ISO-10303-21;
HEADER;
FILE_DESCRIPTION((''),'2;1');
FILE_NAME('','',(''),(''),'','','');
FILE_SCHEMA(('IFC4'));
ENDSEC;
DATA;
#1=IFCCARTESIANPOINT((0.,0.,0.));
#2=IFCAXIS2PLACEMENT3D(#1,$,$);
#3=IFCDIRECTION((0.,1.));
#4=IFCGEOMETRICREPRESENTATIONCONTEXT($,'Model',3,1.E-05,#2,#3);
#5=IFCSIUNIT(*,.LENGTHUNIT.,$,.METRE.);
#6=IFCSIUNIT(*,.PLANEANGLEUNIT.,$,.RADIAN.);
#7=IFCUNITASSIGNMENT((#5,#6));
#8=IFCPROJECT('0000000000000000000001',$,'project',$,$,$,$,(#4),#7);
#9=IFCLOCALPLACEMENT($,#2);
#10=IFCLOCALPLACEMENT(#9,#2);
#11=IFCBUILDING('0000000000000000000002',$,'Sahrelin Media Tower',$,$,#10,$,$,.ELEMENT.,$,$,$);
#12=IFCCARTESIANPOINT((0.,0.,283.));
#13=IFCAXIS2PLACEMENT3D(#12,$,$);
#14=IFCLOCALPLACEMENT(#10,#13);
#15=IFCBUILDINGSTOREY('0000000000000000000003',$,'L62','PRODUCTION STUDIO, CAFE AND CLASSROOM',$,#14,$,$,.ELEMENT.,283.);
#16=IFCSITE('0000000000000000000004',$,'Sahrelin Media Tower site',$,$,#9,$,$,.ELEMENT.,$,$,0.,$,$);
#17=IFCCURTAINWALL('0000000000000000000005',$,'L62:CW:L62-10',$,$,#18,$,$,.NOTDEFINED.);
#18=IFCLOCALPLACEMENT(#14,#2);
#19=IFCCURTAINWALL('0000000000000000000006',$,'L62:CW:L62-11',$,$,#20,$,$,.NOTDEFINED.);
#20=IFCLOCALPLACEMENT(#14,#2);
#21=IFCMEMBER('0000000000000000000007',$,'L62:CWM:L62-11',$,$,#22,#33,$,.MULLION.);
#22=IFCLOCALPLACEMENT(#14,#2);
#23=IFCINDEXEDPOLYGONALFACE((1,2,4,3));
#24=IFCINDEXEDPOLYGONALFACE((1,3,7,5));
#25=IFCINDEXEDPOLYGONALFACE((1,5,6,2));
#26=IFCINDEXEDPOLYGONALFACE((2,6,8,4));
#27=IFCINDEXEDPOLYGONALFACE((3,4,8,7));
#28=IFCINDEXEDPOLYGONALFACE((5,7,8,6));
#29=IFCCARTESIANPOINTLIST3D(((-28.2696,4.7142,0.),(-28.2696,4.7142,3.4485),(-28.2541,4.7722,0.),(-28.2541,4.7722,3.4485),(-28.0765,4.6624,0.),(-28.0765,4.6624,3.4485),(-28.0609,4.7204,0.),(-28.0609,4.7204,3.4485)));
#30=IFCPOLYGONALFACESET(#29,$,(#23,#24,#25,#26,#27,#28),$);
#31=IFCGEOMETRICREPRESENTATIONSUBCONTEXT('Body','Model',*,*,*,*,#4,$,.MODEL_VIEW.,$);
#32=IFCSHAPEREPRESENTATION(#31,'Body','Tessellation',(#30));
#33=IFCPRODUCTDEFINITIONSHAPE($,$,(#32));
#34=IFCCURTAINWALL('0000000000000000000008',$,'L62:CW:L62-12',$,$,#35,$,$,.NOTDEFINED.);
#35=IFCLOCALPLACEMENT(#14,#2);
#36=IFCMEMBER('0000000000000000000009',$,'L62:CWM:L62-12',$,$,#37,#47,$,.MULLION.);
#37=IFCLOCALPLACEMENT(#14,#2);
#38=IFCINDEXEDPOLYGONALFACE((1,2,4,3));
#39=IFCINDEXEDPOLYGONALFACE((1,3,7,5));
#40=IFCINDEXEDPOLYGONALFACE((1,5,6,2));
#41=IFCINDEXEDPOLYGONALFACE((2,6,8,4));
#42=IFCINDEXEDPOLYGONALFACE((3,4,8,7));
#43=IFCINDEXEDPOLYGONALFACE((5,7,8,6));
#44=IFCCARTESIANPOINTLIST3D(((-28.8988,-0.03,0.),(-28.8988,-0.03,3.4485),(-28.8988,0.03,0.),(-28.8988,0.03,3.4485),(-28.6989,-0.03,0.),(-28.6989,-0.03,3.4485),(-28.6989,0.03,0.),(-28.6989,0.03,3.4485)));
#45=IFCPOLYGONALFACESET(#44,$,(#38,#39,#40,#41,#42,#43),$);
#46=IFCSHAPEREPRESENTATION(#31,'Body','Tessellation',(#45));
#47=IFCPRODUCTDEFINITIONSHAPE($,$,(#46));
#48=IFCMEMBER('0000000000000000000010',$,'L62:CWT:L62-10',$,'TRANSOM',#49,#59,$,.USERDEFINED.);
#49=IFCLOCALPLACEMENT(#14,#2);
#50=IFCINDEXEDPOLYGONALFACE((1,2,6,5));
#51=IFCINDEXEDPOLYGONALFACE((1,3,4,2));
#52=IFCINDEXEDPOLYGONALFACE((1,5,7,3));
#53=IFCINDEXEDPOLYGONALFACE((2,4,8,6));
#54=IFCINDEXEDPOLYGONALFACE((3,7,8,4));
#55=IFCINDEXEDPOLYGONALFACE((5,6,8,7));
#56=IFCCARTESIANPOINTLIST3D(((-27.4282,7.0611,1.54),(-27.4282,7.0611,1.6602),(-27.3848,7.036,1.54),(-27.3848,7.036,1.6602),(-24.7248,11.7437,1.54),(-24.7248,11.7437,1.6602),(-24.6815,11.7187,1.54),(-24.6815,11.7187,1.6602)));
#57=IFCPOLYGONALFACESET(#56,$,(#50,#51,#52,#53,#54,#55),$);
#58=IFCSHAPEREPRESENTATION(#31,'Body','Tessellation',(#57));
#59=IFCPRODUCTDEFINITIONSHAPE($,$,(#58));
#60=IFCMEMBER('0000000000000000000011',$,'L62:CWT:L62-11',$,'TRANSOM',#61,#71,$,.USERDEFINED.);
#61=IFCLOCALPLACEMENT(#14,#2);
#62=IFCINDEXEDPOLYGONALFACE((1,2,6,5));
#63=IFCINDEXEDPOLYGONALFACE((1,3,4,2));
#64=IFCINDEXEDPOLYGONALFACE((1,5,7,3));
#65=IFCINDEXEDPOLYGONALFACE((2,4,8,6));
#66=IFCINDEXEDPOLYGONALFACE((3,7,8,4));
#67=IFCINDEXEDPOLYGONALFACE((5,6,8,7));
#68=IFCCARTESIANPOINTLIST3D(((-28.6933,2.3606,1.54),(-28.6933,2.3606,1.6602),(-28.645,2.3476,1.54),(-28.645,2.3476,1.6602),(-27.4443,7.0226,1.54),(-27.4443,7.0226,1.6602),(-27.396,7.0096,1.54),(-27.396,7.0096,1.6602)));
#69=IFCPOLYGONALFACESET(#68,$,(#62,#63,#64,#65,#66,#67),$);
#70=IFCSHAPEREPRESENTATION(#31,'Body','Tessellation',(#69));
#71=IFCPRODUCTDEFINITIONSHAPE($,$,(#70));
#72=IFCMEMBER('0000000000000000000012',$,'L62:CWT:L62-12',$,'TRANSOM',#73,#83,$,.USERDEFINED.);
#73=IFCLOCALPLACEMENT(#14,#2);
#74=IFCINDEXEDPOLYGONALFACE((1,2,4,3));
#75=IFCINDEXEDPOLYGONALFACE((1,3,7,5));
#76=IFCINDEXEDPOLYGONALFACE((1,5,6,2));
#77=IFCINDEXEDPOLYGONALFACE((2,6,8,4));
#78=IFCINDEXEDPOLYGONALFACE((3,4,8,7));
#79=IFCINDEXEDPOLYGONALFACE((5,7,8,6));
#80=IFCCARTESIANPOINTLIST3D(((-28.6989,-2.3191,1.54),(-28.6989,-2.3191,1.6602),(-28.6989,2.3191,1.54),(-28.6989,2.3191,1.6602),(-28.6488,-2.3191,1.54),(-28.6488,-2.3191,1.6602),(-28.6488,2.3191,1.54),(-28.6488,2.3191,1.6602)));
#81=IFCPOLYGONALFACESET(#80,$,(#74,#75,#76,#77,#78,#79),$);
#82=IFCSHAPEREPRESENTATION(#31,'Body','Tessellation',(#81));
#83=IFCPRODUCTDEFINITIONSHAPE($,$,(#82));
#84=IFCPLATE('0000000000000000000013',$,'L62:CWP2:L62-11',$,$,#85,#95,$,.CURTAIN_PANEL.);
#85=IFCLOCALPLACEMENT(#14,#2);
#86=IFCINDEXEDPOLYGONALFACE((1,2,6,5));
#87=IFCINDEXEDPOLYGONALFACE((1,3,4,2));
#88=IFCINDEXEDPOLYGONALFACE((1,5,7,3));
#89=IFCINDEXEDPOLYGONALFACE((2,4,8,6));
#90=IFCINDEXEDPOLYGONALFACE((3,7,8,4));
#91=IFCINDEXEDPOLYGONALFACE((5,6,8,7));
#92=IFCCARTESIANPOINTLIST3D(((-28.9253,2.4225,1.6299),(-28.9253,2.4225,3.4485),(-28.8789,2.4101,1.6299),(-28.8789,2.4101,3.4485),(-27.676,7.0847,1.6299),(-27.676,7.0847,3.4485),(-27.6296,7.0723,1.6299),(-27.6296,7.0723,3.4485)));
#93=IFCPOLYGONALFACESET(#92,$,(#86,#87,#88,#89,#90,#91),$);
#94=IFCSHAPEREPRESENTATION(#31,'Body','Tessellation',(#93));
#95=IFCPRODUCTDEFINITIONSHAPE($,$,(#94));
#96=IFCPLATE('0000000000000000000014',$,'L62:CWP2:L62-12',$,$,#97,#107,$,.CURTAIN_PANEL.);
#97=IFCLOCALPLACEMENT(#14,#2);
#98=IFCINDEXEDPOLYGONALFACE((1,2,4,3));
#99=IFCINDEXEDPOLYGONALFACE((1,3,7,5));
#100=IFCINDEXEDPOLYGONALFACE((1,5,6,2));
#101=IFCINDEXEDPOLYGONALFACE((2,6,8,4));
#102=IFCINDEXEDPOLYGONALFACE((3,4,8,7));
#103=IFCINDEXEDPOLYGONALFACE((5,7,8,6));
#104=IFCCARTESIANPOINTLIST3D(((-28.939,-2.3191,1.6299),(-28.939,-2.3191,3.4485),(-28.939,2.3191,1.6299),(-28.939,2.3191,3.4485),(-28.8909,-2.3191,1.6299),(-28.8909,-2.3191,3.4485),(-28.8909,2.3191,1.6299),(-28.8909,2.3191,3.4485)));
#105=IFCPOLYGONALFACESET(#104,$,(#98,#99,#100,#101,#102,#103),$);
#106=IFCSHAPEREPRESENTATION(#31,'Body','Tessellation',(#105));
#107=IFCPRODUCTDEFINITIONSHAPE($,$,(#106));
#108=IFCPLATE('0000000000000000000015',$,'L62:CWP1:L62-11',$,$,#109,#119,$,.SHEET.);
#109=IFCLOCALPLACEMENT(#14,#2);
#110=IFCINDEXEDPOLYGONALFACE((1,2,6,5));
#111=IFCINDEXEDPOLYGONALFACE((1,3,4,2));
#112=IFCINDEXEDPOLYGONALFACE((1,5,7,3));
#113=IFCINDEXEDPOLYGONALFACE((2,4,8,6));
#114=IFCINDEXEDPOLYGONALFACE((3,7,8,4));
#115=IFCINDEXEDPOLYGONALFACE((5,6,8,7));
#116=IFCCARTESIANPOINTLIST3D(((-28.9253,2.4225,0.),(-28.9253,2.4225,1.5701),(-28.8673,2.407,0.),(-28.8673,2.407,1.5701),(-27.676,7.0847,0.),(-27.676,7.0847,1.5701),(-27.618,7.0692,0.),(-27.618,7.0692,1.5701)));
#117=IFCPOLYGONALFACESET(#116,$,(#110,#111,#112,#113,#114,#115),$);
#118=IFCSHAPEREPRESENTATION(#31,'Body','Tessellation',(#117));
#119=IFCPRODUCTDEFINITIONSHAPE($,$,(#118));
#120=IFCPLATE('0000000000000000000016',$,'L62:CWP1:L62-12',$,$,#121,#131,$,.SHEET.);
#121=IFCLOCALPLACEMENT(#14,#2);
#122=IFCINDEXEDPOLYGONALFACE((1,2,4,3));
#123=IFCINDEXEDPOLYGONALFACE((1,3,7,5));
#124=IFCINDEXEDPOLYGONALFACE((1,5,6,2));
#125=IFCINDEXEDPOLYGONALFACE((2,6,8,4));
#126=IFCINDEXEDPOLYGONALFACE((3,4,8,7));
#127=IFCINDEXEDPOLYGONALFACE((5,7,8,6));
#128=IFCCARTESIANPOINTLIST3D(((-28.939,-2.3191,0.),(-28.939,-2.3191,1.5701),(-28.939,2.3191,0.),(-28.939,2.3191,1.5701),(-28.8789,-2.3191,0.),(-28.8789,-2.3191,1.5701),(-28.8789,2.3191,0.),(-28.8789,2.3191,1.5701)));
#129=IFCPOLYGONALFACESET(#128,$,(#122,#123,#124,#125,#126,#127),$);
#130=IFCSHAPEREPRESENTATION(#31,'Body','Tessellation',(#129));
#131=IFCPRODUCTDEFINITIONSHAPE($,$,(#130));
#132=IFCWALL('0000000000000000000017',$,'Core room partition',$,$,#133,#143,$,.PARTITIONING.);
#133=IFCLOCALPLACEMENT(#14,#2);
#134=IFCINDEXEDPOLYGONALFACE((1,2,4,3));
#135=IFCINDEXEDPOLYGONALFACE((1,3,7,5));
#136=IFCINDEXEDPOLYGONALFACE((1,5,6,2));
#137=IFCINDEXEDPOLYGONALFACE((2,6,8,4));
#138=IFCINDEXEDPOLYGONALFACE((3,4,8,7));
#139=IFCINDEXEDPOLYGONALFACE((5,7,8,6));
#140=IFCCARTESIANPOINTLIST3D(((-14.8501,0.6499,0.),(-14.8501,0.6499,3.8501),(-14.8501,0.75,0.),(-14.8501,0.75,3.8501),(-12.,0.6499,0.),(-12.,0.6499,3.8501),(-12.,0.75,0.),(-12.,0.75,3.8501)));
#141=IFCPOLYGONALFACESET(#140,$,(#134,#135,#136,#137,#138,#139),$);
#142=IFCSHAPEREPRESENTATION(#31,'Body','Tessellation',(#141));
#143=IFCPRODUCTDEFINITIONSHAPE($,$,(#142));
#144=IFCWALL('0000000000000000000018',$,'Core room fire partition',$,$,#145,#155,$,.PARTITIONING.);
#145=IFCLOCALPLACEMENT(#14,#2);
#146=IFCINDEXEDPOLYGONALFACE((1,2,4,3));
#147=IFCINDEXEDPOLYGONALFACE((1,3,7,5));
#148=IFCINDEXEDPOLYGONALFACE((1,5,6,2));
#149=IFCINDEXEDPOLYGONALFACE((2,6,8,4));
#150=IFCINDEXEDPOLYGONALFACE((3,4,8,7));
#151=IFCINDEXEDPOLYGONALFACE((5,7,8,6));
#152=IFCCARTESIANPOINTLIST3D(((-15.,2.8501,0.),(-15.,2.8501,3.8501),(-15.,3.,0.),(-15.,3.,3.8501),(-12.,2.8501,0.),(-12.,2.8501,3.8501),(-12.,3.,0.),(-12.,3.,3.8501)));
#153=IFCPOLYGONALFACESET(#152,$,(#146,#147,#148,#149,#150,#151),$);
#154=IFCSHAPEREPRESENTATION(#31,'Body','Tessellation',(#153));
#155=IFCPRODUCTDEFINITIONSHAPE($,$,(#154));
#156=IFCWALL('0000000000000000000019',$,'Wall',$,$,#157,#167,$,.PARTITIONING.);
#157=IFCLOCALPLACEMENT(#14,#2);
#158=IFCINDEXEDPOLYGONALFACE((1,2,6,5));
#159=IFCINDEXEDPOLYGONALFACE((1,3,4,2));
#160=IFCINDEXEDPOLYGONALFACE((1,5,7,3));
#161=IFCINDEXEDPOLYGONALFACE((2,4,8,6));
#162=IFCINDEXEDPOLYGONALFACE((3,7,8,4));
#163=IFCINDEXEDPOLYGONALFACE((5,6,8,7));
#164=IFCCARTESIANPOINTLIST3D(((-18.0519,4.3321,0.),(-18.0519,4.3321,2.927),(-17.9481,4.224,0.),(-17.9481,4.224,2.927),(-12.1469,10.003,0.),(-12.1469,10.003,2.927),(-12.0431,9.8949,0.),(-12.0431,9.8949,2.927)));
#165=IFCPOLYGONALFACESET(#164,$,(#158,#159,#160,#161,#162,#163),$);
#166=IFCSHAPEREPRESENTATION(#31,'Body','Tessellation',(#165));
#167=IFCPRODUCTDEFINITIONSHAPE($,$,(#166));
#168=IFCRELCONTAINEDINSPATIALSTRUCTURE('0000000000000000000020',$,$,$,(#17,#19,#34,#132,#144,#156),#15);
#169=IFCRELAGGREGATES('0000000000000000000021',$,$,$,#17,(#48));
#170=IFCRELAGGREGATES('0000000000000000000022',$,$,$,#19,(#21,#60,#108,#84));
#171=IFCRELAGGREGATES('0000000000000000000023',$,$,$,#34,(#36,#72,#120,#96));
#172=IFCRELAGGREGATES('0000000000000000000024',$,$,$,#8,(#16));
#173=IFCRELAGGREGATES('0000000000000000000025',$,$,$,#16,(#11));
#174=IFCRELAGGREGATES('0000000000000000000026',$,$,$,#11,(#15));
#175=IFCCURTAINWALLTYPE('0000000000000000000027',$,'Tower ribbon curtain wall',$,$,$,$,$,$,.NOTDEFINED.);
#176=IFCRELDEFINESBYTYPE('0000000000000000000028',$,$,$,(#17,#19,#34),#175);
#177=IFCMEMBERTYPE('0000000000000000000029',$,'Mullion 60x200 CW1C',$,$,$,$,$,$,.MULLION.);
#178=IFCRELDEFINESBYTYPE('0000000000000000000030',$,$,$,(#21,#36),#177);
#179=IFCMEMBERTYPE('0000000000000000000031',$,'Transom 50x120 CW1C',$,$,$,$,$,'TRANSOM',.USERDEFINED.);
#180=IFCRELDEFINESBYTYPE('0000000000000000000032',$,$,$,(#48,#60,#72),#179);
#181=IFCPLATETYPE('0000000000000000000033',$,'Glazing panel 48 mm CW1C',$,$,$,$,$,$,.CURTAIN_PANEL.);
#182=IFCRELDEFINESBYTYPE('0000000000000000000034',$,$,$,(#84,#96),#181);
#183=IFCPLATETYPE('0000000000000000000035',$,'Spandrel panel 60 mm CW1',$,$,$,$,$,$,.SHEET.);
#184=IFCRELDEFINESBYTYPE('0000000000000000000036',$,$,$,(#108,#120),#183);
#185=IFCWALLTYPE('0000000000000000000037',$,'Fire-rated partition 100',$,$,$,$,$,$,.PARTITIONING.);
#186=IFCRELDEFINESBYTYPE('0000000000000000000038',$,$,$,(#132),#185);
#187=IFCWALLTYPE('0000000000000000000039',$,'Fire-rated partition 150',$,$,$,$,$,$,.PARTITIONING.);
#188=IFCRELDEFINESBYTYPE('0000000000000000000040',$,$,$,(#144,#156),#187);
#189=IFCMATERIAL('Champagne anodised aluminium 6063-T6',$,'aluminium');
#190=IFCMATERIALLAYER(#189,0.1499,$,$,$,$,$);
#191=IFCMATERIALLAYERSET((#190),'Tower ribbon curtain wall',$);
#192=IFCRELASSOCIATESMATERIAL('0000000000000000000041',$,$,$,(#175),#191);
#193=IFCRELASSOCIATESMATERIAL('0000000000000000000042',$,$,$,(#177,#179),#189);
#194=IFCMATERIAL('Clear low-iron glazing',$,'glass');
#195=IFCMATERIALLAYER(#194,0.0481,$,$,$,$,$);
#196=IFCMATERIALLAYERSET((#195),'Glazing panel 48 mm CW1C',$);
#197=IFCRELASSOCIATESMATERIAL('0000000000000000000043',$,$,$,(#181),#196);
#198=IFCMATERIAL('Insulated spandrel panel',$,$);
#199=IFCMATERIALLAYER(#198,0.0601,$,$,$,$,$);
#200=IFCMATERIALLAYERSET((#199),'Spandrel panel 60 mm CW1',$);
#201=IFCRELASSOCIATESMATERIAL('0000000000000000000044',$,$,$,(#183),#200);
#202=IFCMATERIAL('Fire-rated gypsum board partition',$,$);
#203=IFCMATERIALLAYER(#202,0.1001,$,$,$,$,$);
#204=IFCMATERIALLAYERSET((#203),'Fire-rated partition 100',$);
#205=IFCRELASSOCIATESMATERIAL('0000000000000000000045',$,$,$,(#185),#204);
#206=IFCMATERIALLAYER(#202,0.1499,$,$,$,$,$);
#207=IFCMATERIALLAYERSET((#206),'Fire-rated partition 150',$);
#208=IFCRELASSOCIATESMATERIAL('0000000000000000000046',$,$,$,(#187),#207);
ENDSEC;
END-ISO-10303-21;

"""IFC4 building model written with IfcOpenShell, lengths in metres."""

from ifc_helpers import new_model, si_unit, direction, frame, frame_2d, origin, origin_2d, place, context, subcontext, project, spatial, polyline, rectangle, outline, extrude, material, layer, layer_set, material_profile, profile_set, type_object, element, aggregate, save


model = new_model("IFC4")

# Units and contexts
model_context = context("Model", 3, precision=1e-05, world=origin(), true_north=direction((0.0, 1.0)))
body_context = subcontext(model_context, "Body", "Model", "MODEL_VIEW")
ifc_project = project(units=[si_unit("LENGTHUNIT", "METRE"), si_unit("PLANEANGLEUNIT", "RADIAN")], contexts=[model_context])

# Site, building, storey
site_placement = place(None, origin())
site = spatial("IfcSite", under=ifc_project, at=site_placement, Name="Sahrelin Media Tower site", CompositionType="ELEMENT", RefElevation=0.0)
building_placement = place(site_placement, origin())
building = spatial("IfcBuilding", under=site, at=building_placement, Name="Sahrelin Media Tower", CompositionType="ELEMENT")
storey_placement = place(building_placement, frame((0.0, 0.0, 283.0)))
storey = spatial("IfcBuildingStorey", under=building, at=storey_placement, Name="L62", Description="PRODUCTION STUDIO, CAFE AND CLASSROOM", CompositionType="ELEMENT", Elevation=283.0)

# Curtain walls, members
ifc_material_1 = material(Name="Champagne anodised aluminium 6063-T6", Category="aluminium")
ifc_layer_1 = layer(ifc_material_1, 0.1499)
ifc_layer_set_1 = layer_set([ifc_layer_1], Name="Tower ribbon curtain wall")
curtain_wall_type = type_object("IfcCurtainWallType", Name="Tower ribbon curtain wall", PredefinedType="NOTDEFINED", material=ifc_layer_set_1)
curtain_wall_1_placement = place(storey_placement, frame((-26.2671, 9.5125, 0.0), z_axis=(0.0, 0.0, 1.0), x_axis=(1.0, 0.0, 0.0)))
curtain_wall_1 = element("IfcCurtainWall", 1, at=curtain_wall_1_placement, inside=storey, type_object=curtain_wall_type, Name="L62:CW:L62-10", PredefinedType="NOTDEFINED")
ifc_material_profile_1 = material_profile(ifc_material_1, rectangle(XDim=0.0601, YDim=0.2, at=origin_2d()), Name="Mullion 60x200")
ifc_profile_set_1 = profile_set([ifc_material_profile_1], Name="Champagne anodised aluminium 6063-T6")
member_type_1 = type_object("IfcMemberType", Name="Mullion 60x200 CW1C", PredefinedType="MULLION", material=ifc_profile_set_1)
curtain_wall_2_placement = place(storey_placement, frame((-28.2812, 4.7485, 0.0), z_axis=(0.0, 0.0, 1.0), x_axis=(1.0, 0.0, 0.0)))
curtain_wall_2 = element("IfcCurtainWall", 2, at=curtain_wall_2_placement, inside=storey, type_object=curtain_wall_type, Name="L62:CW:L62-11", PredefinedType="NOTDEFINED")
member_1_placement = place(storey_placement, frame((-28.1653, 4.7173, 0.0), z_axis=(0.0, 0.0, 1.0), x_axis=(-0.258826, -0.965924, 0.0)))
member_1 = element("IfcMember", 3, at=member_1_placement, type_object=member_type_1, Name="L62:CWM:L62-11", PredefinedType="MULLION", context=body_context, shape_type="SweptSolid", body=[
    extrude(rectangle(XDim=0.0601, YDim=0.2, at=origin_2d()), origin(), (0.0, 0.0, 1.0), 3.4485),
])
curtain_wall_3_placement = place(storey_placement, frame((-28.9189, 0.0, 0.0), z_axis=(0.0, 0.0, 1.0), x_axis=(1.0, 0.0, 0.0)))
curtain_wall_3 = element("IfcCurtainWall", 4, at=curtain_wall_3_placement, inside=storey, type_object=curtain_wall_type, Name="L62:CW:L62-12", PredefinedType="NOTDEFINED")
member_2_placement = place(storey_placement, frame((-28.7988, 0.0, 0.0), z_axis=(0.0, 0.0, 1.0), x_axis=(0.0, -1.0, 0.0)))
member_2 = element("IfcMember", 5, at=member_2_placement, type_object=member_type_1, Name="L62:CWM:L62-12", PredefinedType="MULLION", context=body_context, shape_type="SweptSolid", body=[
    extrude(rectangle(XDim=0.0601, YDim=0.2, at=origin_2d()), origin(), (0.0, 0.0, 1.0), 3.4485),
])

# Members
ifc_material_profile_2 = material_profile(ifc_material_1, rectangle(XDim=0.05, YDim=0.1201, at=origin_2d()), Name="Transom 50x120")
ifc_profile_set_2 = profile_set([ifc_material_profile_2], Name="Champagne anodised aluminium 6063-T6")
member_type_2 = type_object("IfcMemberType", Name="Transom 50x120 CW1C", ElementType="TRANSOM", PredefinedType="USERDEFINED", material=ifc_profile_set_2)
member_3_placement = place(storey_placement, frame((-24.7031, 11.7312, 1.6001), z_axis=(-0.49998, -0.866037, 0.0), x_axis=(0.866037, -0.49998, 0.0)))
member_3 = element("IfcMember", 6, at=member_3_placement, type_object=member_type_2, Name="L62:CWT:L62-10", ObjectType="TRANSOM", PredefinedType="USERDEFINED", context=body_context, shape_type="SweptSolid", body=[
    extrude(rectangle(XDim=0.05, YDim=0.1201, at=origin_2d()), origin(), (0.0, 0.0, 1.0), 5.407),
])
aggregate(curtain_wall_1, [member_3])
member_4_placement = place(storey_placement, frame((-27.4202, 7.0161, 1.6001), z_axis=(-0.258783, -0.965935, 0.0), x_axis=(0.965935, -0.258783, 0.0)))
member_4 = element("IfcMember", 7, at=member_4_placement, type_object=member_type_2, Name="L62:CWT:L62-11", ObjectType="TRANSOM", PredefinedType="USERDEFINED", context=body_context, shape_type="SweptSolid", body=[
    extrude(rectangle(XDim=0.05, YDim=0.1201, at=origin_2d()), origin(), (0.0, 0.0, 1.0), 4.8264),
])
member_5_placement = place(storey_placement, frame((-28.6738, 2.3191, 1.6001), z_axis=(0.0, -1.0, 0.0), x_axis=(1.0, 0.0, 0.0)))
member_5 = element("IfcMember", 8, at=member_5_placement, type_object=member_type_2, Name="L62:CWT:L62-12", ObjectType="TRANSOM", PredefinedType="USERDEFINED", context=body_context, shape_type="SweptSolid", body=[
    extrude(rectangle(XDim=0.05, YDim=0.1201, at=origin_2d()), origin(), (0.0, 0.0, 1.0), 4.6382),
])

# Plates
ifc_material_2 = material(Name="Clear low-iron glazing", Category="glass")
ifc_layer_2 = layer(ifc_material_2, 0.0481)
ifc_layer_set_2 = layer_set([ifc_layer_2], Name="Glazing panel 48 mm CW1C")
plate_type_1 = type_object("IfcPlateType", Name="Glazing panel 48 mm CW1C", PredefinedType="CURTAIN_PANEL", material=ifc_layer_set_2)
plate_1_placement = place(storey_placement, frame((-27.676, 7.0847, 1.6299), z_axis=(-0.965923, 0.25883, 0.0), x_axis=(-0.25883, -0.965923, 0.0)))
plate_1 = element("IfcPlate", 9, at=plate_1_placement, type_object=plate_type_1, Name="L62:CWP2:L62-11", PredefinedType="CURTAIN_PANEL", context=body_context, shape_type="SweptSolid", body=[
    extrude(outline(polyline([(0.0, 0.0), (4.8267, 0.0), (4.8267, 1.8186), (0.0, 1.8186), (0.0, 0.0)])), origin(), (0.0, 0.0, -1.0), 0.0481),
])
plate_2_placement = place(storey_placement, frame((-28.939, 2.3191, 1.6299), z_axis=(-1.0, 0.0, 0.0), x_axis=(0.0, -1.0, 0.0)))
plate_2 = element("IfcPlate", 10, at=plate_2_placement, type_object=plate_type_1, Name="L62:CWP2:L62-12", PredefinedType="CURTAIN_PANEL", context=body_context, shape_type="SweptSolid", body=[
    extrude(outline(polyline([(0.0, 0.0), (4.6382, 0.0), (4.6382, 1.8186), (0.0, 1.8186), (0.0, 0.0)])), origin(), (0.0, 0.0, -1.0), 0.0481),
])
ifc_material_3 = material(Name="Insulated spandrel panel")
ifc_layer_3 = layer(ifc_material_3, 0.0601)
ifc_layer_set_3 = layer_set([ifc_layer_3], Name="Spandrel panel 60 mm CW1")
plate_type_2 = type_object("IfcPlateType", Name="Spandrel panel 60 mm CW1", PredefinedType="SHEET", material=ifc_layer_set_3)
plate_3_placement = place(storey_placement, frame((-27.676, 7.0847, 0.0), z_axis=(-0.965923, 0.25883, 0.0), x_axis=(-0.25883, -0.965923, 0.0)))
plate_3 = element("IfcPlate", 11, at=plate_3_placement, type_object=plate_type_2, Name="L62:CWP1:L62-11", PredefinedType="SHEET", context=body_context, shape_type="SweptSolid", body=[
    extrude(outline(polyline([(0.0, 0.0), (4.8267, 0.0), (4.8267, 1.5701), (0.0, 1.5701), (0.0, 0.0)])), origin(), (0.0, 0.0, -1.0), 0.0601),
])
aggregate(curtain_wall_2, [member_1, member_4, plate_3, plate_1])
plate_4_placement = place(storey_placement, frame((-28.939, 2.3191, 0.0), z_axis=(-1.0, 0.0, 0.0), x_axis=(0.0, -1.0, 0.0)))
plate_4 = element("IfcPlate", 12, at=plate_4_placement, type_object=plate_type_2, Name="L62:CWP1:L62-12", PredefinedType="SHEET", context=body_context, shape_type="SweptSolid", body=[
    extrude(outline(polyline([(0.0, 0.0), (4.6382, 0.0), (4.6382, 1.5701), (0.0, 1.5701), (0.0, 0.0)])), origin(), (0.0, 0.0, -1.0), 0.0601),
])
aggregate(curtain_wall_3, [member_2, member_5, plate_4, plate_2])

# Walls
ifc_material_4 = material(Name="Fire-rated gypsum board partition")
ifc_layer_4 = layer(ifc_material_4, 0.1001)
ifc_layer_set_4 = layer_set([ifc_layer_4], Name="Fire-rated partition 100")
wall_type_1 = type_object("IfcWallType", Name="Fire-rated partition 100", PredefinedType="PARTITIONING", material=ifc_layer_set_4)
wall_1_placement = place(storey_placement, frame((-14.8501, 0.7, 0.0), z_axis=(0.0, 0.0, 1.0), x_axis=(1.0, 0.0, 0.0)))
element("IfcWall", 13, at=wall_1_placement, inside=storey, type_object=wall_type_1, Name="Core room partition", PredefinedType="PARTITIONING", context=body_context, shape_type="SweptSolid", body=[
    extrude(rectangle(XDim=2.8501, YDim=0.1001, at=frame_2d((1.425, 0.0))), origin(), (0.0, 0.0, 1.0), 3.8501),
])
ifc_layer_5 = layer(ifc_material_4, 0.1499)
ifc_layer_set_5 = layer_set([ifc_layer_5], Name="Fire-rated partition 150")
wall_type_2 = type_object("IfcWallType", Name="Fire-rated partition 150", PredefinedType="PARTITIONING", material=ifc_layer_set_5)
wall_2_placement = place(storey_placement, frame((-15.0, 2.925, 0.0), z_axis=(0.0, 0.0, 1.0), x_axis=(1.0, 0.0, 0.0)))
element("IfcWall", 14, at=wall_2_placement, inside=storey, type_object=wall_type_2, Name="Core room fire partition", PredefinedType="PARTITIONING", context=body_context, shape_type="SweptSolid", body=[
    extrude(rectangle(XDim=3.0, YDim=0.1499, at=frame_2d((1.5, 0.0))), origin(), (0.0, 0.0, 1.0), 3.8501),
])
wall_3_placement = place(storey_placement, frame((-18.0, 4.2781, 0.0), z_axis=(0.0, 0.0, 1.0), x_axis=(0.721261, 0.692663, 0.0)))
element("IfcWall", 15, at=wall_3_placement, inside=storey, type_object=wall_type_2, Name="Wall", PredefinedType="PARTITIONING", context=body_context, shape_type="SweptSolid", body=[
    extrude(rectangle(XDim=8.187, YDim=0.1499, at=frame_2d((4.0935, 0.0))), origin(), (0.0, 0.0, 1.0), 2.927),
])

save(model, "model.ifc")
